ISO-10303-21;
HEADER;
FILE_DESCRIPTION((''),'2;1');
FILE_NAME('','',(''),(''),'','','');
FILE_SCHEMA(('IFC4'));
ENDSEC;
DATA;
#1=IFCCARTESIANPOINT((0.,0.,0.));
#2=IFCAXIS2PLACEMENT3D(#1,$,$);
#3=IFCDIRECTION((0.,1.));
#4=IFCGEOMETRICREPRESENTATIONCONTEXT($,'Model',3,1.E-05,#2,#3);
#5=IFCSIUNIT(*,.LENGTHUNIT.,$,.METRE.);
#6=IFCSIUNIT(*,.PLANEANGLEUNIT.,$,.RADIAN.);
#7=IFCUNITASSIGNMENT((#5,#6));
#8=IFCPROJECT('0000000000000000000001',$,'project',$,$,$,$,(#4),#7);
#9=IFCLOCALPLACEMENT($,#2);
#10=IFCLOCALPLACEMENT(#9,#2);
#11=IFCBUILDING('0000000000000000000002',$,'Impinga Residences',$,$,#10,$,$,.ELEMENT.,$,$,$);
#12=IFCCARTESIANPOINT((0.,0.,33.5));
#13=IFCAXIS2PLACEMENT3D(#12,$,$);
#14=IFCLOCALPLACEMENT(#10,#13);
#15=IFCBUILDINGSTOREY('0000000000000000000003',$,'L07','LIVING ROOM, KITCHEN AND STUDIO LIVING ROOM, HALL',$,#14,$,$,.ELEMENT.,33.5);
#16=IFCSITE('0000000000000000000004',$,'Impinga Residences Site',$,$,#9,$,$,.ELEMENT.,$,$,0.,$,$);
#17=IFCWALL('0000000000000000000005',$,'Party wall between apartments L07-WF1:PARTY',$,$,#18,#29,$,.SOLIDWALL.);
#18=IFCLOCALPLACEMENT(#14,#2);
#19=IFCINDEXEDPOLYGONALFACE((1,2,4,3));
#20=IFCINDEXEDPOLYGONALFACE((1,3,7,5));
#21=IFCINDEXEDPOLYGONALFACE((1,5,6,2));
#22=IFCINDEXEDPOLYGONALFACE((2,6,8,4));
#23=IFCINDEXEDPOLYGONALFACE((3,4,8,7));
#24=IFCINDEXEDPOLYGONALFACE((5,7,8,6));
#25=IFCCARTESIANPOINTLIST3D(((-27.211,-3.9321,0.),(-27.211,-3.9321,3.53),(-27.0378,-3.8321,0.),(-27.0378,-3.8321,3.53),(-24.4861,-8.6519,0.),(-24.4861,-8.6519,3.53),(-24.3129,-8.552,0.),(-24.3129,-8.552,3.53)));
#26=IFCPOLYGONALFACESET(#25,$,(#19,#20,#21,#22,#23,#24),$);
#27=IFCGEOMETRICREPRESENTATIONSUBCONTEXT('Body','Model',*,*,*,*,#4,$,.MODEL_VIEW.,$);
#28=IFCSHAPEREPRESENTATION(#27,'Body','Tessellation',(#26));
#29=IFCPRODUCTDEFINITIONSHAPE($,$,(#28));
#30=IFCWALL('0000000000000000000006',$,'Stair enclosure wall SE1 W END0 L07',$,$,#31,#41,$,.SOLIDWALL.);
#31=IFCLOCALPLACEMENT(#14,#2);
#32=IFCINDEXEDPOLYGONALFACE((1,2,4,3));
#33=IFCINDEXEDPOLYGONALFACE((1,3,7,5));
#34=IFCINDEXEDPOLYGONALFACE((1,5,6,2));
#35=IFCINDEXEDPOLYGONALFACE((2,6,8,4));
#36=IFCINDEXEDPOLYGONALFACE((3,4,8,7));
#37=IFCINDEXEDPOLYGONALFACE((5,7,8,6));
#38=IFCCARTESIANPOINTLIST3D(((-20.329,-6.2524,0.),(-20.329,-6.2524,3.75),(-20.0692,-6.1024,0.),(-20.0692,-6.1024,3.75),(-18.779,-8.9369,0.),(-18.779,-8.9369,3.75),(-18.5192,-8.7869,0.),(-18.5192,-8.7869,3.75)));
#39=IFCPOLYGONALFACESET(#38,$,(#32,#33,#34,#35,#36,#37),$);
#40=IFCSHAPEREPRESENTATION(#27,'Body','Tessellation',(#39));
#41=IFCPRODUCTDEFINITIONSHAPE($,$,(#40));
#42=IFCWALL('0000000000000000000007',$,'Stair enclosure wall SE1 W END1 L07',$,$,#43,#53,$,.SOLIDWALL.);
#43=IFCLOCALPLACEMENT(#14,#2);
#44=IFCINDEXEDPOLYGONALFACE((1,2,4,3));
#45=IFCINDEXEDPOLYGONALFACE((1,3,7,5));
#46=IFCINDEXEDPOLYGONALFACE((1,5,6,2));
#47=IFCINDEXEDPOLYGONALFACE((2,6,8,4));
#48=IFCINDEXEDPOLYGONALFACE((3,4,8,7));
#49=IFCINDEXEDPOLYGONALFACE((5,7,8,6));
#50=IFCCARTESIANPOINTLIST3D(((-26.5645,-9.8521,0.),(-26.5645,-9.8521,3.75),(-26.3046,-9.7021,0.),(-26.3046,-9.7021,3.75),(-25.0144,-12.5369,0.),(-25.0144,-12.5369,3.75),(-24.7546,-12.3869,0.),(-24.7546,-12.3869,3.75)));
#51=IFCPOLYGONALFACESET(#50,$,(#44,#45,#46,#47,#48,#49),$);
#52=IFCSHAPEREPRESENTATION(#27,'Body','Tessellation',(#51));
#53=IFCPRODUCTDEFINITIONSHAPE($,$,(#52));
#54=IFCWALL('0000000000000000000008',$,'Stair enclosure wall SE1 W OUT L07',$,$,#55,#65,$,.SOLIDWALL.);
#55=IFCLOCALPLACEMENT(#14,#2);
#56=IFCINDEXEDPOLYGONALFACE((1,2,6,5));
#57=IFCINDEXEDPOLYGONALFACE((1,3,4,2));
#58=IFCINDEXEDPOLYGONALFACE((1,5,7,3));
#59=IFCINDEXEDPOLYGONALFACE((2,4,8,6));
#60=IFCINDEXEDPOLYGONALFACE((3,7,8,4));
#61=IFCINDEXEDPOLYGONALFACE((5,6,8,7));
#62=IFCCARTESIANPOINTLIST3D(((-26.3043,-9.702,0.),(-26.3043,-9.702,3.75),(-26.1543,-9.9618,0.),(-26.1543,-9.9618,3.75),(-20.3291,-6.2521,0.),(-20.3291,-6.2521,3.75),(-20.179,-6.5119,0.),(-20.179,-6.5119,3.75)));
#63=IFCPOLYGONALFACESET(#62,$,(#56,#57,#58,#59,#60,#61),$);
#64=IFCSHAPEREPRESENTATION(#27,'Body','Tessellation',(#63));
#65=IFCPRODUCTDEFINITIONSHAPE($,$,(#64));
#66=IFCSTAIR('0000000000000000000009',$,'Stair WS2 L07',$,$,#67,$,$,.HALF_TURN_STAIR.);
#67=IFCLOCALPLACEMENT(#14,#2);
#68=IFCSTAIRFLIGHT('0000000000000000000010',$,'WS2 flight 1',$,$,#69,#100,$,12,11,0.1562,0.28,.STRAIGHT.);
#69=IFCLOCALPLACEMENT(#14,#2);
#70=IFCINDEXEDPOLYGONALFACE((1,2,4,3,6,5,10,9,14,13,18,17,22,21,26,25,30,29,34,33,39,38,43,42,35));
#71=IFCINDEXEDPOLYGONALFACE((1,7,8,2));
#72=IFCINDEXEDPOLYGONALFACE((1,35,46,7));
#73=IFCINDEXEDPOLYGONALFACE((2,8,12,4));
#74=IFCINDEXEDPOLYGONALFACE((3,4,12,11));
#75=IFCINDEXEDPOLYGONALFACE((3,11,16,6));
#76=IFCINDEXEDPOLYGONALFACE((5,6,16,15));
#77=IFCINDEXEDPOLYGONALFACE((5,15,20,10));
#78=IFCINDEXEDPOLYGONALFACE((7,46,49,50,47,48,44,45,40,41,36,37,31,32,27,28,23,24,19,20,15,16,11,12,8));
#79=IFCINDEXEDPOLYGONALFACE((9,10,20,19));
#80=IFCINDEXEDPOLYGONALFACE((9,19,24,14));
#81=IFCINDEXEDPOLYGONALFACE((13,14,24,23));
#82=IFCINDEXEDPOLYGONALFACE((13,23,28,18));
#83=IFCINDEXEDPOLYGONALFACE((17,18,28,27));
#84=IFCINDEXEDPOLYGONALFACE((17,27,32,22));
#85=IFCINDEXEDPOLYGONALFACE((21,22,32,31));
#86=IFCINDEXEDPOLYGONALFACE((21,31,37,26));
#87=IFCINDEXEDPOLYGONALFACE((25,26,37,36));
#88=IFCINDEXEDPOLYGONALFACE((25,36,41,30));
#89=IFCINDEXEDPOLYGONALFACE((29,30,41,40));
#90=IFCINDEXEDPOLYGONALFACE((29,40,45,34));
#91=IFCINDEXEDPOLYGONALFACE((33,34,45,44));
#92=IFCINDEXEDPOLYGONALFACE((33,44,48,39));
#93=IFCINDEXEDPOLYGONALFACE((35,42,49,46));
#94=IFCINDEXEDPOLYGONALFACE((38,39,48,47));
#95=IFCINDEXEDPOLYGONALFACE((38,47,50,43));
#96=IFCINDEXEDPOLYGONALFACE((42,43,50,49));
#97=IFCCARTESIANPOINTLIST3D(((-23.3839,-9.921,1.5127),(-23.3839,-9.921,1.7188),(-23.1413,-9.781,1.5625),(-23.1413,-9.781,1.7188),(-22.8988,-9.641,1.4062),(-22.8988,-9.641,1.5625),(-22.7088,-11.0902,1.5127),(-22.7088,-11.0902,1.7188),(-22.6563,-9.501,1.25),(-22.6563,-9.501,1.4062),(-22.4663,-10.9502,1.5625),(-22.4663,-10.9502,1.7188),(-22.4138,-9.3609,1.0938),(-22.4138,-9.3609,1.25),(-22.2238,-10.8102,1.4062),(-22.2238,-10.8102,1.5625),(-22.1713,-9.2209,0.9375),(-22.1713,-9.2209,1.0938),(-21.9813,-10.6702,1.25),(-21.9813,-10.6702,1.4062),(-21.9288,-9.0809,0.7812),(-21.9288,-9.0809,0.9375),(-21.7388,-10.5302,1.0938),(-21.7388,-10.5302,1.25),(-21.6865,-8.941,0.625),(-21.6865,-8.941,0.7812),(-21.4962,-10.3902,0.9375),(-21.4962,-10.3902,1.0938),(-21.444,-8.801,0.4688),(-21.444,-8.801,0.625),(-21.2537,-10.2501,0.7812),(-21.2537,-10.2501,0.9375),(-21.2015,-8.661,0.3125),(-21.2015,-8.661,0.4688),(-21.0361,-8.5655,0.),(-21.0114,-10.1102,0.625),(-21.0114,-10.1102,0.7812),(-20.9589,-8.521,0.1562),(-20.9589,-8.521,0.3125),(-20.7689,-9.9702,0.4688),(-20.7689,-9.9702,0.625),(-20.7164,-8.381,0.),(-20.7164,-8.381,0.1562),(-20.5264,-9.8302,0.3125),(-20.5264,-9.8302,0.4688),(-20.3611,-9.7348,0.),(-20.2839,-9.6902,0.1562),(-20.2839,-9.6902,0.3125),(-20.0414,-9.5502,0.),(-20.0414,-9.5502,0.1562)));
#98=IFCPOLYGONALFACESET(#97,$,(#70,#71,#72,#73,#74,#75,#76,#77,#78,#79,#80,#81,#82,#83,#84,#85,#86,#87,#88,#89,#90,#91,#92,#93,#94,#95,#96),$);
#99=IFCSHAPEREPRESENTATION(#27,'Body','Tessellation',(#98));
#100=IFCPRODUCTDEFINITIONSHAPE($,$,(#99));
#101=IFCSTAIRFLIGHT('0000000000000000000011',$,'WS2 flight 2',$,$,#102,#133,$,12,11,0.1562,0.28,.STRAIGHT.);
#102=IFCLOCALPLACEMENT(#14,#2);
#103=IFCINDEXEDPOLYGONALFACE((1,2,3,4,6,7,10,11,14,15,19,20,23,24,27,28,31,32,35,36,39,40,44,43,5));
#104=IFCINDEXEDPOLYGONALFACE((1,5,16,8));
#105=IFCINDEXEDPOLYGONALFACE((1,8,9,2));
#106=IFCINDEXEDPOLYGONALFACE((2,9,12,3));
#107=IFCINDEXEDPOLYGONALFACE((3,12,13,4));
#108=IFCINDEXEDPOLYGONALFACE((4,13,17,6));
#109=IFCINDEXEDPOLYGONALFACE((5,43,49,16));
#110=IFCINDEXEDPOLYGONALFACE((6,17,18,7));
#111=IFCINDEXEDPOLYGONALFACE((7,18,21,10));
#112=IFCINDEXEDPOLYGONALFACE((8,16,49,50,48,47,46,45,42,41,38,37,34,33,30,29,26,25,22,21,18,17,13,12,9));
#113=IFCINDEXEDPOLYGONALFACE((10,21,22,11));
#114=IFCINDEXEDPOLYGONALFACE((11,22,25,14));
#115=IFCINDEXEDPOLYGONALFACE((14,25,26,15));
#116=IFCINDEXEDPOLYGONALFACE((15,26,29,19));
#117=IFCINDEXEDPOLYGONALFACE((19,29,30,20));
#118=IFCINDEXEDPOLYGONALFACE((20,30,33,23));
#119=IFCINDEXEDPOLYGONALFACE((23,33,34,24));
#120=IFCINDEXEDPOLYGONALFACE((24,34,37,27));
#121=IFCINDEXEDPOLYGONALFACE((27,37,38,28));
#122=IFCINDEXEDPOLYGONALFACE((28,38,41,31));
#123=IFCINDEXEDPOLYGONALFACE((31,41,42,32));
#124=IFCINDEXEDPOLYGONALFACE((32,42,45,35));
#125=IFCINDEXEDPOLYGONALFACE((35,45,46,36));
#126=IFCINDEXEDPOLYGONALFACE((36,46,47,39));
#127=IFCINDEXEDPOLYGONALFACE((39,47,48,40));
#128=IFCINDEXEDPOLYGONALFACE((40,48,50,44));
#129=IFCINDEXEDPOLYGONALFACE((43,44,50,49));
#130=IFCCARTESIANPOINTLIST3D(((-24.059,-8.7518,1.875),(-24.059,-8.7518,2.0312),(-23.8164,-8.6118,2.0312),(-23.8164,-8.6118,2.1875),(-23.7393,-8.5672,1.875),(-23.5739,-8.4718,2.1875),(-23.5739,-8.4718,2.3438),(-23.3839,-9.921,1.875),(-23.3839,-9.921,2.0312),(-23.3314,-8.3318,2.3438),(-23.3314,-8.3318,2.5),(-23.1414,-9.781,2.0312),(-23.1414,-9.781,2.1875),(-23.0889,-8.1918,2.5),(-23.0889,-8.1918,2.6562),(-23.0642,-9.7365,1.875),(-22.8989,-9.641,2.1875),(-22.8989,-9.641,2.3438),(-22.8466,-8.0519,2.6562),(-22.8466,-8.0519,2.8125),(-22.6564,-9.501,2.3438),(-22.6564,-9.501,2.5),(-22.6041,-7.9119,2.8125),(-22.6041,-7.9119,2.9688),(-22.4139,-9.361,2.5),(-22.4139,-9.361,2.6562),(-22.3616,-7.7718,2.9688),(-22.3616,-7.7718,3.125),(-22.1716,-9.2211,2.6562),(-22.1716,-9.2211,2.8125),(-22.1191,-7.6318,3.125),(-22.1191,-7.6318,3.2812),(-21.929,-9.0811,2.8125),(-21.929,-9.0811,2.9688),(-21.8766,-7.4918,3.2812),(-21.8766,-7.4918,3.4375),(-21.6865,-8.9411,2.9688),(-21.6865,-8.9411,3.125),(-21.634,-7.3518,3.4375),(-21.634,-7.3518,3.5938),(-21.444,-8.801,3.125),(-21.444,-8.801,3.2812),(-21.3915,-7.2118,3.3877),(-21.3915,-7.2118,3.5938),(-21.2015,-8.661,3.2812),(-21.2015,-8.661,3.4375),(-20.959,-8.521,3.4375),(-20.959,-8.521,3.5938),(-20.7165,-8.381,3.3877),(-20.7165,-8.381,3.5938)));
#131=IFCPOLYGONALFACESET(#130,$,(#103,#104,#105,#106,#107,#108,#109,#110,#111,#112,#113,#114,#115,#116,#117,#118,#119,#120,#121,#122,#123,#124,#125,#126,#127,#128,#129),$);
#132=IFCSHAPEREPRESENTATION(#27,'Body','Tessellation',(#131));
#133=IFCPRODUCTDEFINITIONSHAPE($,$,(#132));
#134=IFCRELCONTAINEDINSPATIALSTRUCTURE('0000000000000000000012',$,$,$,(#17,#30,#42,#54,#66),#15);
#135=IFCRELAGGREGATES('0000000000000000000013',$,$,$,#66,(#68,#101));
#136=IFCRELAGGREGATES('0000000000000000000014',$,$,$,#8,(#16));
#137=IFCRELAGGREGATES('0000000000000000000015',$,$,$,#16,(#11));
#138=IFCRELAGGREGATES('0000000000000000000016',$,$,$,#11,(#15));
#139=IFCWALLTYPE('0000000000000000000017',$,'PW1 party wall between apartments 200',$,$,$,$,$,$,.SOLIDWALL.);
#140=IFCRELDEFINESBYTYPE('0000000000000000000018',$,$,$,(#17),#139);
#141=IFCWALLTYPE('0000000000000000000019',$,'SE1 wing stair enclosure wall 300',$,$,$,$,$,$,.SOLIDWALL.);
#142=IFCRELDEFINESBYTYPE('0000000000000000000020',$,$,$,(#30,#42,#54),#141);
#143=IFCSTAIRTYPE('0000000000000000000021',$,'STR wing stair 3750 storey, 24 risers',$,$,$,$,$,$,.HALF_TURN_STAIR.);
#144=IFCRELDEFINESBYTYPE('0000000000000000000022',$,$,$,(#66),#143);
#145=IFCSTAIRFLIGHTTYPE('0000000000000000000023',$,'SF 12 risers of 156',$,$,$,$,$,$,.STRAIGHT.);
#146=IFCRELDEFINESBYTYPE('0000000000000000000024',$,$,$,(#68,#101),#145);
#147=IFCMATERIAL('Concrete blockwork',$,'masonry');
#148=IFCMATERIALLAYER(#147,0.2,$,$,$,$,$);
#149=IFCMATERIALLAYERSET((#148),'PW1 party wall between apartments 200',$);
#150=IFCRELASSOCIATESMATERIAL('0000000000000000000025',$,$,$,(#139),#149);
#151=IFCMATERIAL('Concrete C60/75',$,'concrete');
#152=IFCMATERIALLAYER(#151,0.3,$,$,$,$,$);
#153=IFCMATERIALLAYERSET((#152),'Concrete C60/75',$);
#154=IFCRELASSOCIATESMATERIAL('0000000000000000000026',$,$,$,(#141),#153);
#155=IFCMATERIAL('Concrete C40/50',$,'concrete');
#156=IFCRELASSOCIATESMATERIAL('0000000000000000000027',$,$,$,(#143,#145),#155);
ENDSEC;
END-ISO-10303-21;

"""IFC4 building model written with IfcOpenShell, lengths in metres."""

from ifc_helpers import new_model, si_unit, direction, frame, frame_2d, origin, place, context, subcontext, project, spatial, polyline, rectangle, outline, extrude, material, layer, layer_set, type_object, element, aggregate, save


model = new_model("IFC4")

# Units and contexts
model_context = context("Model", 3, precision=1e-05, world=origin(), true_north=direction((0.0, 1.0)))
body_context = subcontext(model_context, "Body", "Model", "MODEL_VIEW")
ifc_project = project(units=[si_unit("LENGTHUNIT", "METRE"), si_unit("PLANEANGLEUNIT", "RADIAN")], contexts=[model_context])

# Site, building, storey
site_placement = place(None, origin())
site = spatial("IfcSite", under=ifc_project, at=site_placement, Name="Impinga Residences Site", CompositionType="ELEMENT", RefElevation=0.0)
building_placement = place(site_placement, origin())
building = spatial("IfcBuilding", under=site, at=building_placement, Name="Impinga Residences", CompositionType="ELEMENT")
storey_placement = place(building_placement, frame((0.0, 0.0, 33.5)))
storey = spatial("IfcBuildingStorey", under=building, at=storey_placement, Name="L07", Description="LIVING ROOM, KITCHEN AND STUDIO LIVING ROOM, HALL", CompositionType="ELEMENT", Elevation=33.5)

# Shared definitions
ifc_material_1 = material(Name="Concrete C60/75", Category="concrete")

# Shared definitions
ifc_material_2 = material(Name="Concrete blockwork", Category="masonry")

# Walls
ifc_layer_1 = layer(ifc_material_2, 0.2)
ifc_layer_set_1 = layer_set([ifc_layer_1], Name="PW1 party wall between apartments 200")
wall_type_1 = type_object("IfcWallType", Name="PW1 party wall between apartments 200", PredefinedType="SOLIDWALL", material=ifc_layer_set_1)
wall_1_placement = place(storey_placement, frame((-24.3994, -8.6021, 0.0), z_axis=(0.0, 0.0, 1.0), x_axis=(-0.499989, 0.866032, 0.0)))
element("IfcWall", 1, at=wall_1_placement, inside=storey, type_object=wall_type_1, Name="Party wall between apartments L07-WF1:PARTY", PredefinedType="SOLIDWALL", context=body_context, shape_type="SweptSolid", body=[
    extrude(rectangle(XDim=5.45, YDim=0.2, at=frame_2d((2.7251, 0.0))), origin(), (0.0, 0.0, 1.0), 3.53),
])
ifc_layer_2 = layer(ifc_material_1, 0.3)
ifc_layer_set_2 = layer_set([ifc_layer_2], Name="Concrete C60/75")
wall_type_2 = type_object("IfcWallType", Name="SE1 wing stair enclosure wall 300", PredefinedType="SOLIDWALL", material=ifc_layer_set_2)
wall_2_placement = place(storey_placement, frame((-18.6492, -8.8618, 0.0), z_axis=(0.0, 0.0, 1.0), x_axis=(-0.500027, 0.86601, 0.0)))
element("IfcWall", 2, at=wall_2_placement, inside=storey, type_object=wall_type_2, Name="Stair enclosure wall SE1 W END0 L07", PredefinedType="SOLIDWALL", context=body_context, shape_type="SweptSolid", body=[
    extrude(rectangle(XDim=3.0999, YDim=0.3, at=frame_2d((1.5498, 0.0))), origin(), (0.0, 0.0, 1.0), 3.75),
])
wall_3_placement = place(storey_placement, frame((-24.8845, -12.4619, 0.0), z_axis=(0.0, 0.0, 1.0), x_axis=(-0.499993, 0.86603, 0.0)))
element("IfcWall", 3, at=wall_3_placement, inside=storey, type_object=wall_type_2, Name="Stair enclosure wall SE1 W END1 L07", PredefinedType="SOLIDWALL", context=body_context, shape_type="SweptSolid", body=[
    extrude(rectangle(XDim=3.1001, YDim=0.3, at=frame_2d((1.55, 0.0))), origin(), (0.0, 0.0, 1.0), 3.75),
])
wall_4_placement = place(storey_placement, frame((-20.2542, -6.3821, 0.0), z_axis=(0.0, 0.0, 1.0), x_axis=(-0.86602, -0.500009, 0.0)))
element("IfcWall", 4, at=wall_4_placement, inside=storey, type_object=wall_type_2, Name="Stair enclosure wall SE1 W OUT L07", PredefinedType="SOLIDWALL", context=body_context, shape_type="SweptSolid", body=[
    extrude(rectangle(XDim=6.8997, YDim=0.3, at=frame_2d((3.4497, 0.0))), origin(), (0.0, 0.0, 1.0), 3.75),
])

# Stair, stair flights
ifc_material_3 = material(Name="Concrete C40/50", Category="concrete")
stair_type = type_object("IfcStairType", Name="STR wing stair 3750 storey, 24 risers", PredefinedType="HALF_TURN_STAIR", material=ifc_material_3)
stair_placement = place(storey_placement, origin())
stair = element("IfcStair", 5, at=stair_placement, inside=storey, type_object=stair_type, Name="Stair WS2 L07", PredefinedType="HALF_TURN_STAIR")
stair_flight_type = type_object("IfcStairFlightType", Name="SF 12 risers of 156", PredefinedType="STRAIGHT", material=ifc_material_3)
stair_flight_1_placement = place(storey_placement, frame((-20.3789, -8.9656, 0.0), z_axis=(0.0, 0.0, 1.0), x_axis=(-0.866025, -0.5, 0.0)))
stair_flight_1 = element("IfcStairFlight", 6, at=stair_flight_1_placement, type_object=stair_flight_type, Name="WS2 flight 1", NumberOfRisers=12, NumberOfTreads=11, PredefinedType="STRAIGHT", RiserHeight=0.1562, TreadLength=0.28, context=body_context, shape_type="SweptSolid", body=[
    extrude(outline(polyline([(0.0, 0.0), (0.0, 0.1562), (0.28, 0.1562), (0.28, 0.3125), (0.5601, 0.3125), (0.5601, 0.4688), (0.8401, 0.4688), (0.8401, 0.625), (1.1201, 0.625), (1.1201, 0.7812), (1.3999, 0.7812), (1.3999, 0.9375), (1.6799, 0.9375), (1.6799, 1.0938), (1.96, 1.0938), (1.96, 1.25), (2.24, 1.25), (2.24, 1.4062), (2.52, 1.4062), (2.52, 1.5625), (2.8, 1.5625), (2.8, 1.7188), (3.0801, 1.7188), (3.0801, 1.875), (3.0801, 1.5127), (0.3691, 0.0), (0.0, 0.0)])), frame((0.0, 0.675, 0.0), z_axis=(0.0, -1.0, 0.0), x_axis=(1.0, 0.0, 0.0)), (0.0, 0.0, 1.0), 1.3501),
])
stair_flight_2_placement = place(storey_placement, frame((-23.7214, -9.3364, 1.875), z_axis=(0.0, 0.0, 1.0), x_axis=(0.866025, 0.5, 0.0)))
stair_flight_2 = element("IfcStairFlight", 7, at=stair_flight_2_placement, type_object=stair_flight_type, Name="WS2 flight 2", NumberOfRisers=12, NumberOfTreads=11, PredefinedType="STRAIGHT", RiserHeight=0.1562, TreadLength=0.28, context=body_context, shape_type="SweptSolid", body=[
    extrude(outline(polyline([(0.0, 0.0), (0.0, 0.1562), (0.28, 0.1562), (0.28, 0.3125), (0.5601, 0.3125), (0.5601, 0.4688), (0.8401, 0.4688), (0.8401, 0.625), (1.1201, 0.625), (1.1201, 0.7812), (1.3999, 0.7812), (1.3999, 0.9375), (1.6799, 0.9375), (1.6799, 1.0938), (1.96, 1.0938), (1.96, 1.25), (2.24, 1.25), (2.24, 1.4062), (2.52, 1.4062), (2.52, 1.5625), (2.8, 1.5625), (2.8, 1.7188), (3.0801, 1.7188), (3.0801, 1.875), (3.0801, 1.5127), (0.3691, 0.0), (0.0, 0.0)])), frame((0.0, 0.675, 0.0), z_axis=(0.0, -1.0, 0.0), x_axis=(1.0, 0.0, 0.0)), (0.0, 0.0, 1.0), 1.3501),
])
aggregate(stair, [stair_flight_1, stair_flight_2])

save(model, "model.ifc")
